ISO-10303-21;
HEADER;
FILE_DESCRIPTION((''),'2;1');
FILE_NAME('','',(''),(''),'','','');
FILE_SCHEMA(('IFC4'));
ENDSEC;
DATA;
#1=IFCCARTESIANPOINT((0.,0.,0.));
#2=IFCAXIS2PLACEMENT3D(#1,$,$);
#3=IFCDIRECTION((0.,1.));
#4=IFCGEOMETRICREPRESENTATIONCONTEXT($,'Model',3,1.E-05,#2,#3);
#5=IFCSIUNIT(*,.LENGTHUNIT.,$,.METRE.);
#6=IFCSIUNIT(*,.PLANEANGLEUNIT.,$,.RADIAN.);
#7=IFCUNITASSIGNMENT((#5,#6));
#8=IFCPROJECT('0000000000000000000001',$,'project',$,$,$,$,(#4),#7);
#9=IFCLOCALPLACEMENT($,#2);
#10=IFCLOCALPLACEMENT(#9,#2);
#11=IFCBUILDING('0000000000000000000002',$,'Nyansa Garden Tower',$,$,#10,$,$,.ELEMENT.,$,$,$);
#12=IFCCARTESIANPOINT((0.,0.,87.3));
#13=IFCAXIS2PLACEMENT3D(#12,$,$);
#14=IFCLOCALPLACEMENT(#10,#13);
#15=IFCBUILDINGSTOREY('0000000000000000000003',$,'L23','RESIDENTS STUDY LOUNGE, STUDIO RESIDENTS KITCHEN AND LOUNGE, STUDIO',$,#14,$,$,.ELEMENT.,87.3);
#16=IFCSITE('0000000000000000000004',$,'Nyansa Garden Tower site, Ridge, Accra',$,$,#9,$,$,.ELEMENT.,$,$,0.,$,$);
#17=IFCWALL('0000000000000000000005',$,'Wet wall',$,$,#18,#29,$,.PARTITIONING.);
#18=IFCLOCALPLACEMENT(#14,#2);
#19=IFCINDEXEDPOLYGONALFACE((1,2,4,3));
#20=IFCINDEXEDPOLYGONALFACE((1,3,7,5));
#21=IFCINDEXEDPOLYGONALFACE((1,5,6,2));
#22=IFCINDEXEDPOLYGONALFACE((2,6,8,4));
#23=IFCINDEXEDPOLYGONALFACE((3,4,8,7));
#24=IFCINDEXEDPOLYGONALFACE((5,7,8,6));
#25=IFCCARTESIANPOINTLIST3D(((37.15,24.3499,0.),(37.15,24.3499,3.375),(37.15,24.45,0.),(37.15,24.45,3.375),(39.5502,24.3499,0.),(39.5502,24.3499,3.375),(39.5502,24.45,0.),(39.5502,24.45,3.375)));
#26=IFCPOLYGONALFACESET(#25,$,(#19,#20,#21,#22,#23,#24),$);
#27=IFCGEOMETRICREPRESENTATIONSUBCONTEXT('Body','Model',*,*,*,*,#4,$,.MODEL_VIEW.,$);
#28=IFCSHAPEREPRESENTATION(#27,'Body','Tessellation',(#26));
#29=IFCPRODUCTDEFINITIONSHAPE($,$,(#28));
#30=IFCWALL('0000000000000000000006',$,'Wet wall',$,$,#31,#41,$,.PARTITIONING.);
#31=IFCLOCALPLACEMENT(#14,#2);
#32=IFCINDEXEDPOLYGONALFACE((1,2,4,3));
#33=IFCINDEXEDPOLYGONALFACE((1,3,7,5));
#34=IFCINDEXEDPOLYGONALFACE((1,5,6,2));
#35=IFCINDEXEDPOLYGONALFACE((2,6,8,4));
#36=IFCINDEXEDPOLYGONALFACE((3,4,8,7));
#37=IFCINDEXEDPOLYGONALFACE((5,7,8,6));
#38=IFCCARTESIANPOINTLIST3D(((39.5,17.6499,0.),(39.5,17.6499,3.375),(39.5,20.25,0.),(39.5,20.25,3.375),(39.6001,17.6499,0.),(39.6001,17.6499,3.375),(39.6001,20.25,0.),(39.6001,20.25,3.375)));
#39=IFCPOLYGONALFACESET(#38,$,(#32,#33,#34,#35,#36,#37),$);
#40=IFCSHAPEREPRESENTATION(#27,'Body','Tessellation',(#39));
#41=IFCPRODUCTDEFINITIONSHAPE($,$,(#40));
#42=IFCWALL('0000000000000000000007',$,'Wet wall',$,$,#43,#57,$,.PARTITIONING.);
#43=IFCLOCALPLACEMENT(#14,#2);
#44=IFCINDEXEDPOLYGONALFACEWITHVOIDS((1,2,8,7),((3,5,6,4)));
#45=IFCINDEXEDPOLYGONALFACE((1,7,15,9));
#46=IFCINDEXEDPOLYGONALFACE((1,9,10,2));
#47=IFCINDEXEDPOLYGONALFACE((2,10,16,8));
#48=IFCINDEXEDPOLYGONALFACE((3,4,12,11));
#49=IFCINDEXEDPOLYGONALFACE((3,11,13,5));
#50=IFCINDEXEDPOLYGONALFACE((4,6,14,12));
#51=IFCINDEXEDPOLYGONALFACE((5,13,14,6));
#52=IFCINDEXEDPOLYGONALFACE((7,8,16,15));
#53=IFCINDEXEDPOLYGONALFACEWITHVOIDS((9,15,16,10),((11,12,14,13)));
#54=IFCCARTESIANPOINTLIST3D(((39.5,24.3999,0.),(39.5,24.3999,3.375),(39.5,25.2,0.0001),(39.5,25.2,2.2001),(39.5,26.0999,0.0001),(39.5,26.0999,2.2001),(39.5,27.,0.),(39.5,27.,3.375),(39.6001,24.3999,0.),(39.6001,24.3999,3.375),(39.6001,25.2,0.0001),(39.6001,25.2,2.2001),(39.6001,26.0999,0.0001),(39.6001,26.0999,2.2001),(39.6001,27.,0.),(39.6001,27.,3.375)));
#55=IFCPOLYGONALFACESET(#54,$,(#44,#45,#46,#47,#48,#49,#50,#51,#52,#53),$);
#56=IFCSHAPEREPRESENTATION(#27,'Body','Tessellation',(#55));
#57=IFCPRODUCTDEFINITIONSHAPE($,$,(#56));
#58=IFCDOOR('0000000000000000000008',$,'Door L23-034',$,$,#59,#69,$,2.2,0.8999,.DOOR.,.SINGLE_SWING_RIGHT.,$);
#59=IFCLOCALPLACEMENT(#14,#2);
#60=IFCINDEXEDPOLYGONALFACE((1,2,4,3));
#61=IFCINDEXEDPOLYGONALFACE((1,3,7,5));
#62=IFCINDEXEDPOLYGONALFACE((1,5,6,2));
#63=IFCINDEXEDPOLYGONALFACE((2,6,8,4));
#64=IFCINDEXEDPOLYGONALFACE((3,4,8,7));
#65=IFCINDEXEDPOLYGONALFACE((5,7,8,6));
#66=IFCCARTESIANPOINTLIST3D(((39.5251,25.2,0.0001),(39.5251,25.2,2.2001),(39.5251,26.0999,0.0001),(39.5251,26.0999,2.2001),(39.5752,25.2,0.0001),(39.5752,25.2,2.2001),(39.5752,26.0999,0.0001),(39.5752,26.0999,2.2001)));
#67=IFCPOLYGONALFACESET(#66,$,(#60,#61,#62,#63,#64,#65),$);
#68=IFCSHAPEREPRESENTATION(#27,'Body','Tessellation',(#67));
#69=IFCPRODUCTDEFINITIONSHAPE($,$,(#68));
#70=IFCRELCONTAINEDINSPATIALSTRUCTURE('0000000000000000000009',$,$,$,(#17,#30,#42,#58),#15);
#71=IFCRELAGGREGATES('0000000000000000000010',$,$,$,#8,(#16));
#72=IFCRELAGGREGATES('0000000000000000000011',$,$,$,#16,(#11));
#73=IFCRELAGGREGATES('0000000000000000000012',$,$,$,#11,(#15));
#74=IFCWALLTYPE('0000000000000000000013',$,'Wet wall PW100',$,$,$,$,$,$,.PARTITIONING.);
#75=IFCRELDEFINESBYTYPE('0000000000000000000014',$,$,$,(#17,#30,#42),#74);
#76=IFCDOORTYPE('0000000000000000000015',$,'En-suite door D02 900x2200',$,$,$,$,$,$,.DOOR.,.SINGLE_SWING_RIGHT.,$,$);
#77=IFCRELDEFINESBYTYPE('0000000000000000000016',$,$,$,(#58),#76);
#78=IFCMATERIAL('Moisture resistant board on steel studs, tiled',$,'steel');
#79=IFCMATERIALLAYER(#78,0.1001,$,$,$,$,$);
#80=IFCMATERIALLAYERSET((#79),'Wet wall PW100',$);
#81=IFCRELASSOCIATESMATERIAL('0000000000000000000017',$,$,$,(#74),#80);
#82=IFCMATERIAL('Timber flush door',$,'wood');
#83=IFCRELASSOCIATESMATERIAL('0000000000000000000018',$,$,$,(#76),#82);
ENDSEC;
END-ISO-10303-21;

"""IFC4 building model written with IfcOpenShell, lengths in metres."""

from ifc_helpers import new_model, si_unit, direction, frame, frame_2d, origin, place, context, subcontext, project, spatial, rectangle, extrude, material, layer, layer_set, type_object, element, fill, save


model = new_model("IFC4")

# Units and contexts
model_context = context("Model", 3, precision=1e-05, world=origin(), true_north=direction((0.0, 1.0)))
body_context = subcontext(model_context, "Body", "Model", "MODEL_VIEW")
ifc_project = project(units=[si_unit("LENGTHUNIT", "METRE"), si_unit("PLANEANGLEUNIT", "RADIAN")], contexts=[model_context])

# Site, building, storey
site_placement = place(None, origin())
site = spatial("IfcSite", under=ifc_project, at=site_placement, Name="Nyansa Garden Tower site, Ridge, Accra", CompositionType="ELEMENT", RefElevation=0.0)
building_placement = place(site_placement, origin())
building = spatial("IfcBuilding", under=site, at=building_placement, Name="Nyansa Garden Tower", CompositionType="ELEMENT")
storey_placement = place(building_placement, frame((0.0, 0.0, 87.3)))
storey = spatial("IfcBuildingStorey", under=building, at=storey_placement, Name="L23", Description="RESIDENTS STUDY LOUNGE, STUDIO RESIDENTS KITCHEN AND LOUNGE, STUDIO", CompositionType="ELEMENT", Elevation=87.3)

# Shared definitions
ifc_material_1 = material(Name="Moisture resistant board on steel studs, tiled", Category="steel")
ifc_layer_1 = layer(ifc_material_1, 0.1001)
ifc_layer_set_1 = layer_set([ifc_layer_1], Name="Wet wall PW100")
wall_type_1 = type_object("IfcWallType", Name="Wet wall PW100", PredefinedType="PARTITIONING", material=ifc_layer_set_1)
ifc_material_2 = material(Name="Timber flush door", Category="wood")
door_type_1 = type_object("IfcDoorType", Name="En-suite door D02 900x2200", OperationType="SINGLE_SWING_RIGHT", PredefinedType="DOOR", material=ifc_material_2)

# Walls
wall_1_placement = place(storey_placement, frame((37.1499, 24.3999, 0.0), z_axis=(0.0, 0.0, 1.0), x_axis=(1.0, 0.0, 0.0)))
element("IfcWall", 1, at=wall_1_placement, inside=storey, type_object=wall_type_1, Name="Wet wall", PredefinedType="PARTITIONING", context=body_context, shape_type="SweptSolid", body=[
    extrude(rectangle(XDim=2.4001, YDim=0.1001, at=frame_2d((1.2002, 0.0))), origin(), (0.0, 0.0, 1.0), 3.375),
])
wall_2_placement = place(storey_placement, frame((39.55, 17.6499, 0.0), z_axis=(0.0, 0.0, 1.0), x_axis=(0.0, 1.0, 0.0)))
element("IfcWall", 2, at=wall_2_placement, inside=storey, type_object=wall_type_1, Name="Wet wall", PredefinedType="PARTITIONING", context=body_context, shape_type="SweptSolid", body=[
    extrude(rectangle(XDim=2.6001, YDim=0.1001, at=frame_2d((1.3, 0.0))), origin(), (0.0, 0.0, 1.0), 3.375),
])

# Wall, opening, door
wall_3_placement = place(storey_placement, frame((39.55, 24.3999, 0.0), z_axis=(0.0, 0.0, 1.0), x_axis=(0.0, 1.0, 0.0)))
wall_3 = element("IfcWall", 3, at=wall_3_placement, inside=storey, type_object=wall_type_1, Name="Wet wall", PredefinedType="PARTITIONING", context=body_context, shape_type="SweptSolid", body=[
    extrude(rectangle(XDim=2.6001, YDim=0.1001, at=frame_2d((1.3, 0.0))), origin(), (0.0, 0.0, 1.0), 3.375),
])
opening_1_placement = place(wall_3_placement, frame((0.8, 0.0, 0.0)))
opening_1 = element("IfcOpeningElement", 4, at=opening_1_placement, cuts=wall_3, PredefinedType="OPENING", context=body_context, shape_type="SweptSolid", body=[
    extrude(rectangle(XDim=0.8999, YDim=2.2, at=frame_2d((0.45, 1.1001))), frame((0.0, 0.0601, 0.0), z_axis=(0.0, -1.0, 0.0), x_axis=(1.0, 0.0, 0.0)), (0.0, 0.0, 1.0), 0.1201),
])
door_1_placement = place(opening_1_placement, origin())
door_1 = element("IfcDoor", 5, at=door_1_placement, inside=storey, type_object=door_type_1, Name="Door L23-034", OperationType="SINGLE_SWING_RIGHT", OverallHeight=2.2, OverallWidth=0.8999, PredefinedType="DOOR", context=body_context, shape_type="SweptSolid", body=[
    extrude(rectangle(XDim=0.8999, YDim=2.2, at=frame_2d((0.45, 1.1001))), frame((0.0, 0.0249, 0.0), z_axis=(0.0, -1.0, 0.0), x_axis=(1.0, 0.0, 0.0)), (0.0, 0.0, 1.0), 0.05),
])
fill(opening_1, door_1)

save(model, "model.ifc")
